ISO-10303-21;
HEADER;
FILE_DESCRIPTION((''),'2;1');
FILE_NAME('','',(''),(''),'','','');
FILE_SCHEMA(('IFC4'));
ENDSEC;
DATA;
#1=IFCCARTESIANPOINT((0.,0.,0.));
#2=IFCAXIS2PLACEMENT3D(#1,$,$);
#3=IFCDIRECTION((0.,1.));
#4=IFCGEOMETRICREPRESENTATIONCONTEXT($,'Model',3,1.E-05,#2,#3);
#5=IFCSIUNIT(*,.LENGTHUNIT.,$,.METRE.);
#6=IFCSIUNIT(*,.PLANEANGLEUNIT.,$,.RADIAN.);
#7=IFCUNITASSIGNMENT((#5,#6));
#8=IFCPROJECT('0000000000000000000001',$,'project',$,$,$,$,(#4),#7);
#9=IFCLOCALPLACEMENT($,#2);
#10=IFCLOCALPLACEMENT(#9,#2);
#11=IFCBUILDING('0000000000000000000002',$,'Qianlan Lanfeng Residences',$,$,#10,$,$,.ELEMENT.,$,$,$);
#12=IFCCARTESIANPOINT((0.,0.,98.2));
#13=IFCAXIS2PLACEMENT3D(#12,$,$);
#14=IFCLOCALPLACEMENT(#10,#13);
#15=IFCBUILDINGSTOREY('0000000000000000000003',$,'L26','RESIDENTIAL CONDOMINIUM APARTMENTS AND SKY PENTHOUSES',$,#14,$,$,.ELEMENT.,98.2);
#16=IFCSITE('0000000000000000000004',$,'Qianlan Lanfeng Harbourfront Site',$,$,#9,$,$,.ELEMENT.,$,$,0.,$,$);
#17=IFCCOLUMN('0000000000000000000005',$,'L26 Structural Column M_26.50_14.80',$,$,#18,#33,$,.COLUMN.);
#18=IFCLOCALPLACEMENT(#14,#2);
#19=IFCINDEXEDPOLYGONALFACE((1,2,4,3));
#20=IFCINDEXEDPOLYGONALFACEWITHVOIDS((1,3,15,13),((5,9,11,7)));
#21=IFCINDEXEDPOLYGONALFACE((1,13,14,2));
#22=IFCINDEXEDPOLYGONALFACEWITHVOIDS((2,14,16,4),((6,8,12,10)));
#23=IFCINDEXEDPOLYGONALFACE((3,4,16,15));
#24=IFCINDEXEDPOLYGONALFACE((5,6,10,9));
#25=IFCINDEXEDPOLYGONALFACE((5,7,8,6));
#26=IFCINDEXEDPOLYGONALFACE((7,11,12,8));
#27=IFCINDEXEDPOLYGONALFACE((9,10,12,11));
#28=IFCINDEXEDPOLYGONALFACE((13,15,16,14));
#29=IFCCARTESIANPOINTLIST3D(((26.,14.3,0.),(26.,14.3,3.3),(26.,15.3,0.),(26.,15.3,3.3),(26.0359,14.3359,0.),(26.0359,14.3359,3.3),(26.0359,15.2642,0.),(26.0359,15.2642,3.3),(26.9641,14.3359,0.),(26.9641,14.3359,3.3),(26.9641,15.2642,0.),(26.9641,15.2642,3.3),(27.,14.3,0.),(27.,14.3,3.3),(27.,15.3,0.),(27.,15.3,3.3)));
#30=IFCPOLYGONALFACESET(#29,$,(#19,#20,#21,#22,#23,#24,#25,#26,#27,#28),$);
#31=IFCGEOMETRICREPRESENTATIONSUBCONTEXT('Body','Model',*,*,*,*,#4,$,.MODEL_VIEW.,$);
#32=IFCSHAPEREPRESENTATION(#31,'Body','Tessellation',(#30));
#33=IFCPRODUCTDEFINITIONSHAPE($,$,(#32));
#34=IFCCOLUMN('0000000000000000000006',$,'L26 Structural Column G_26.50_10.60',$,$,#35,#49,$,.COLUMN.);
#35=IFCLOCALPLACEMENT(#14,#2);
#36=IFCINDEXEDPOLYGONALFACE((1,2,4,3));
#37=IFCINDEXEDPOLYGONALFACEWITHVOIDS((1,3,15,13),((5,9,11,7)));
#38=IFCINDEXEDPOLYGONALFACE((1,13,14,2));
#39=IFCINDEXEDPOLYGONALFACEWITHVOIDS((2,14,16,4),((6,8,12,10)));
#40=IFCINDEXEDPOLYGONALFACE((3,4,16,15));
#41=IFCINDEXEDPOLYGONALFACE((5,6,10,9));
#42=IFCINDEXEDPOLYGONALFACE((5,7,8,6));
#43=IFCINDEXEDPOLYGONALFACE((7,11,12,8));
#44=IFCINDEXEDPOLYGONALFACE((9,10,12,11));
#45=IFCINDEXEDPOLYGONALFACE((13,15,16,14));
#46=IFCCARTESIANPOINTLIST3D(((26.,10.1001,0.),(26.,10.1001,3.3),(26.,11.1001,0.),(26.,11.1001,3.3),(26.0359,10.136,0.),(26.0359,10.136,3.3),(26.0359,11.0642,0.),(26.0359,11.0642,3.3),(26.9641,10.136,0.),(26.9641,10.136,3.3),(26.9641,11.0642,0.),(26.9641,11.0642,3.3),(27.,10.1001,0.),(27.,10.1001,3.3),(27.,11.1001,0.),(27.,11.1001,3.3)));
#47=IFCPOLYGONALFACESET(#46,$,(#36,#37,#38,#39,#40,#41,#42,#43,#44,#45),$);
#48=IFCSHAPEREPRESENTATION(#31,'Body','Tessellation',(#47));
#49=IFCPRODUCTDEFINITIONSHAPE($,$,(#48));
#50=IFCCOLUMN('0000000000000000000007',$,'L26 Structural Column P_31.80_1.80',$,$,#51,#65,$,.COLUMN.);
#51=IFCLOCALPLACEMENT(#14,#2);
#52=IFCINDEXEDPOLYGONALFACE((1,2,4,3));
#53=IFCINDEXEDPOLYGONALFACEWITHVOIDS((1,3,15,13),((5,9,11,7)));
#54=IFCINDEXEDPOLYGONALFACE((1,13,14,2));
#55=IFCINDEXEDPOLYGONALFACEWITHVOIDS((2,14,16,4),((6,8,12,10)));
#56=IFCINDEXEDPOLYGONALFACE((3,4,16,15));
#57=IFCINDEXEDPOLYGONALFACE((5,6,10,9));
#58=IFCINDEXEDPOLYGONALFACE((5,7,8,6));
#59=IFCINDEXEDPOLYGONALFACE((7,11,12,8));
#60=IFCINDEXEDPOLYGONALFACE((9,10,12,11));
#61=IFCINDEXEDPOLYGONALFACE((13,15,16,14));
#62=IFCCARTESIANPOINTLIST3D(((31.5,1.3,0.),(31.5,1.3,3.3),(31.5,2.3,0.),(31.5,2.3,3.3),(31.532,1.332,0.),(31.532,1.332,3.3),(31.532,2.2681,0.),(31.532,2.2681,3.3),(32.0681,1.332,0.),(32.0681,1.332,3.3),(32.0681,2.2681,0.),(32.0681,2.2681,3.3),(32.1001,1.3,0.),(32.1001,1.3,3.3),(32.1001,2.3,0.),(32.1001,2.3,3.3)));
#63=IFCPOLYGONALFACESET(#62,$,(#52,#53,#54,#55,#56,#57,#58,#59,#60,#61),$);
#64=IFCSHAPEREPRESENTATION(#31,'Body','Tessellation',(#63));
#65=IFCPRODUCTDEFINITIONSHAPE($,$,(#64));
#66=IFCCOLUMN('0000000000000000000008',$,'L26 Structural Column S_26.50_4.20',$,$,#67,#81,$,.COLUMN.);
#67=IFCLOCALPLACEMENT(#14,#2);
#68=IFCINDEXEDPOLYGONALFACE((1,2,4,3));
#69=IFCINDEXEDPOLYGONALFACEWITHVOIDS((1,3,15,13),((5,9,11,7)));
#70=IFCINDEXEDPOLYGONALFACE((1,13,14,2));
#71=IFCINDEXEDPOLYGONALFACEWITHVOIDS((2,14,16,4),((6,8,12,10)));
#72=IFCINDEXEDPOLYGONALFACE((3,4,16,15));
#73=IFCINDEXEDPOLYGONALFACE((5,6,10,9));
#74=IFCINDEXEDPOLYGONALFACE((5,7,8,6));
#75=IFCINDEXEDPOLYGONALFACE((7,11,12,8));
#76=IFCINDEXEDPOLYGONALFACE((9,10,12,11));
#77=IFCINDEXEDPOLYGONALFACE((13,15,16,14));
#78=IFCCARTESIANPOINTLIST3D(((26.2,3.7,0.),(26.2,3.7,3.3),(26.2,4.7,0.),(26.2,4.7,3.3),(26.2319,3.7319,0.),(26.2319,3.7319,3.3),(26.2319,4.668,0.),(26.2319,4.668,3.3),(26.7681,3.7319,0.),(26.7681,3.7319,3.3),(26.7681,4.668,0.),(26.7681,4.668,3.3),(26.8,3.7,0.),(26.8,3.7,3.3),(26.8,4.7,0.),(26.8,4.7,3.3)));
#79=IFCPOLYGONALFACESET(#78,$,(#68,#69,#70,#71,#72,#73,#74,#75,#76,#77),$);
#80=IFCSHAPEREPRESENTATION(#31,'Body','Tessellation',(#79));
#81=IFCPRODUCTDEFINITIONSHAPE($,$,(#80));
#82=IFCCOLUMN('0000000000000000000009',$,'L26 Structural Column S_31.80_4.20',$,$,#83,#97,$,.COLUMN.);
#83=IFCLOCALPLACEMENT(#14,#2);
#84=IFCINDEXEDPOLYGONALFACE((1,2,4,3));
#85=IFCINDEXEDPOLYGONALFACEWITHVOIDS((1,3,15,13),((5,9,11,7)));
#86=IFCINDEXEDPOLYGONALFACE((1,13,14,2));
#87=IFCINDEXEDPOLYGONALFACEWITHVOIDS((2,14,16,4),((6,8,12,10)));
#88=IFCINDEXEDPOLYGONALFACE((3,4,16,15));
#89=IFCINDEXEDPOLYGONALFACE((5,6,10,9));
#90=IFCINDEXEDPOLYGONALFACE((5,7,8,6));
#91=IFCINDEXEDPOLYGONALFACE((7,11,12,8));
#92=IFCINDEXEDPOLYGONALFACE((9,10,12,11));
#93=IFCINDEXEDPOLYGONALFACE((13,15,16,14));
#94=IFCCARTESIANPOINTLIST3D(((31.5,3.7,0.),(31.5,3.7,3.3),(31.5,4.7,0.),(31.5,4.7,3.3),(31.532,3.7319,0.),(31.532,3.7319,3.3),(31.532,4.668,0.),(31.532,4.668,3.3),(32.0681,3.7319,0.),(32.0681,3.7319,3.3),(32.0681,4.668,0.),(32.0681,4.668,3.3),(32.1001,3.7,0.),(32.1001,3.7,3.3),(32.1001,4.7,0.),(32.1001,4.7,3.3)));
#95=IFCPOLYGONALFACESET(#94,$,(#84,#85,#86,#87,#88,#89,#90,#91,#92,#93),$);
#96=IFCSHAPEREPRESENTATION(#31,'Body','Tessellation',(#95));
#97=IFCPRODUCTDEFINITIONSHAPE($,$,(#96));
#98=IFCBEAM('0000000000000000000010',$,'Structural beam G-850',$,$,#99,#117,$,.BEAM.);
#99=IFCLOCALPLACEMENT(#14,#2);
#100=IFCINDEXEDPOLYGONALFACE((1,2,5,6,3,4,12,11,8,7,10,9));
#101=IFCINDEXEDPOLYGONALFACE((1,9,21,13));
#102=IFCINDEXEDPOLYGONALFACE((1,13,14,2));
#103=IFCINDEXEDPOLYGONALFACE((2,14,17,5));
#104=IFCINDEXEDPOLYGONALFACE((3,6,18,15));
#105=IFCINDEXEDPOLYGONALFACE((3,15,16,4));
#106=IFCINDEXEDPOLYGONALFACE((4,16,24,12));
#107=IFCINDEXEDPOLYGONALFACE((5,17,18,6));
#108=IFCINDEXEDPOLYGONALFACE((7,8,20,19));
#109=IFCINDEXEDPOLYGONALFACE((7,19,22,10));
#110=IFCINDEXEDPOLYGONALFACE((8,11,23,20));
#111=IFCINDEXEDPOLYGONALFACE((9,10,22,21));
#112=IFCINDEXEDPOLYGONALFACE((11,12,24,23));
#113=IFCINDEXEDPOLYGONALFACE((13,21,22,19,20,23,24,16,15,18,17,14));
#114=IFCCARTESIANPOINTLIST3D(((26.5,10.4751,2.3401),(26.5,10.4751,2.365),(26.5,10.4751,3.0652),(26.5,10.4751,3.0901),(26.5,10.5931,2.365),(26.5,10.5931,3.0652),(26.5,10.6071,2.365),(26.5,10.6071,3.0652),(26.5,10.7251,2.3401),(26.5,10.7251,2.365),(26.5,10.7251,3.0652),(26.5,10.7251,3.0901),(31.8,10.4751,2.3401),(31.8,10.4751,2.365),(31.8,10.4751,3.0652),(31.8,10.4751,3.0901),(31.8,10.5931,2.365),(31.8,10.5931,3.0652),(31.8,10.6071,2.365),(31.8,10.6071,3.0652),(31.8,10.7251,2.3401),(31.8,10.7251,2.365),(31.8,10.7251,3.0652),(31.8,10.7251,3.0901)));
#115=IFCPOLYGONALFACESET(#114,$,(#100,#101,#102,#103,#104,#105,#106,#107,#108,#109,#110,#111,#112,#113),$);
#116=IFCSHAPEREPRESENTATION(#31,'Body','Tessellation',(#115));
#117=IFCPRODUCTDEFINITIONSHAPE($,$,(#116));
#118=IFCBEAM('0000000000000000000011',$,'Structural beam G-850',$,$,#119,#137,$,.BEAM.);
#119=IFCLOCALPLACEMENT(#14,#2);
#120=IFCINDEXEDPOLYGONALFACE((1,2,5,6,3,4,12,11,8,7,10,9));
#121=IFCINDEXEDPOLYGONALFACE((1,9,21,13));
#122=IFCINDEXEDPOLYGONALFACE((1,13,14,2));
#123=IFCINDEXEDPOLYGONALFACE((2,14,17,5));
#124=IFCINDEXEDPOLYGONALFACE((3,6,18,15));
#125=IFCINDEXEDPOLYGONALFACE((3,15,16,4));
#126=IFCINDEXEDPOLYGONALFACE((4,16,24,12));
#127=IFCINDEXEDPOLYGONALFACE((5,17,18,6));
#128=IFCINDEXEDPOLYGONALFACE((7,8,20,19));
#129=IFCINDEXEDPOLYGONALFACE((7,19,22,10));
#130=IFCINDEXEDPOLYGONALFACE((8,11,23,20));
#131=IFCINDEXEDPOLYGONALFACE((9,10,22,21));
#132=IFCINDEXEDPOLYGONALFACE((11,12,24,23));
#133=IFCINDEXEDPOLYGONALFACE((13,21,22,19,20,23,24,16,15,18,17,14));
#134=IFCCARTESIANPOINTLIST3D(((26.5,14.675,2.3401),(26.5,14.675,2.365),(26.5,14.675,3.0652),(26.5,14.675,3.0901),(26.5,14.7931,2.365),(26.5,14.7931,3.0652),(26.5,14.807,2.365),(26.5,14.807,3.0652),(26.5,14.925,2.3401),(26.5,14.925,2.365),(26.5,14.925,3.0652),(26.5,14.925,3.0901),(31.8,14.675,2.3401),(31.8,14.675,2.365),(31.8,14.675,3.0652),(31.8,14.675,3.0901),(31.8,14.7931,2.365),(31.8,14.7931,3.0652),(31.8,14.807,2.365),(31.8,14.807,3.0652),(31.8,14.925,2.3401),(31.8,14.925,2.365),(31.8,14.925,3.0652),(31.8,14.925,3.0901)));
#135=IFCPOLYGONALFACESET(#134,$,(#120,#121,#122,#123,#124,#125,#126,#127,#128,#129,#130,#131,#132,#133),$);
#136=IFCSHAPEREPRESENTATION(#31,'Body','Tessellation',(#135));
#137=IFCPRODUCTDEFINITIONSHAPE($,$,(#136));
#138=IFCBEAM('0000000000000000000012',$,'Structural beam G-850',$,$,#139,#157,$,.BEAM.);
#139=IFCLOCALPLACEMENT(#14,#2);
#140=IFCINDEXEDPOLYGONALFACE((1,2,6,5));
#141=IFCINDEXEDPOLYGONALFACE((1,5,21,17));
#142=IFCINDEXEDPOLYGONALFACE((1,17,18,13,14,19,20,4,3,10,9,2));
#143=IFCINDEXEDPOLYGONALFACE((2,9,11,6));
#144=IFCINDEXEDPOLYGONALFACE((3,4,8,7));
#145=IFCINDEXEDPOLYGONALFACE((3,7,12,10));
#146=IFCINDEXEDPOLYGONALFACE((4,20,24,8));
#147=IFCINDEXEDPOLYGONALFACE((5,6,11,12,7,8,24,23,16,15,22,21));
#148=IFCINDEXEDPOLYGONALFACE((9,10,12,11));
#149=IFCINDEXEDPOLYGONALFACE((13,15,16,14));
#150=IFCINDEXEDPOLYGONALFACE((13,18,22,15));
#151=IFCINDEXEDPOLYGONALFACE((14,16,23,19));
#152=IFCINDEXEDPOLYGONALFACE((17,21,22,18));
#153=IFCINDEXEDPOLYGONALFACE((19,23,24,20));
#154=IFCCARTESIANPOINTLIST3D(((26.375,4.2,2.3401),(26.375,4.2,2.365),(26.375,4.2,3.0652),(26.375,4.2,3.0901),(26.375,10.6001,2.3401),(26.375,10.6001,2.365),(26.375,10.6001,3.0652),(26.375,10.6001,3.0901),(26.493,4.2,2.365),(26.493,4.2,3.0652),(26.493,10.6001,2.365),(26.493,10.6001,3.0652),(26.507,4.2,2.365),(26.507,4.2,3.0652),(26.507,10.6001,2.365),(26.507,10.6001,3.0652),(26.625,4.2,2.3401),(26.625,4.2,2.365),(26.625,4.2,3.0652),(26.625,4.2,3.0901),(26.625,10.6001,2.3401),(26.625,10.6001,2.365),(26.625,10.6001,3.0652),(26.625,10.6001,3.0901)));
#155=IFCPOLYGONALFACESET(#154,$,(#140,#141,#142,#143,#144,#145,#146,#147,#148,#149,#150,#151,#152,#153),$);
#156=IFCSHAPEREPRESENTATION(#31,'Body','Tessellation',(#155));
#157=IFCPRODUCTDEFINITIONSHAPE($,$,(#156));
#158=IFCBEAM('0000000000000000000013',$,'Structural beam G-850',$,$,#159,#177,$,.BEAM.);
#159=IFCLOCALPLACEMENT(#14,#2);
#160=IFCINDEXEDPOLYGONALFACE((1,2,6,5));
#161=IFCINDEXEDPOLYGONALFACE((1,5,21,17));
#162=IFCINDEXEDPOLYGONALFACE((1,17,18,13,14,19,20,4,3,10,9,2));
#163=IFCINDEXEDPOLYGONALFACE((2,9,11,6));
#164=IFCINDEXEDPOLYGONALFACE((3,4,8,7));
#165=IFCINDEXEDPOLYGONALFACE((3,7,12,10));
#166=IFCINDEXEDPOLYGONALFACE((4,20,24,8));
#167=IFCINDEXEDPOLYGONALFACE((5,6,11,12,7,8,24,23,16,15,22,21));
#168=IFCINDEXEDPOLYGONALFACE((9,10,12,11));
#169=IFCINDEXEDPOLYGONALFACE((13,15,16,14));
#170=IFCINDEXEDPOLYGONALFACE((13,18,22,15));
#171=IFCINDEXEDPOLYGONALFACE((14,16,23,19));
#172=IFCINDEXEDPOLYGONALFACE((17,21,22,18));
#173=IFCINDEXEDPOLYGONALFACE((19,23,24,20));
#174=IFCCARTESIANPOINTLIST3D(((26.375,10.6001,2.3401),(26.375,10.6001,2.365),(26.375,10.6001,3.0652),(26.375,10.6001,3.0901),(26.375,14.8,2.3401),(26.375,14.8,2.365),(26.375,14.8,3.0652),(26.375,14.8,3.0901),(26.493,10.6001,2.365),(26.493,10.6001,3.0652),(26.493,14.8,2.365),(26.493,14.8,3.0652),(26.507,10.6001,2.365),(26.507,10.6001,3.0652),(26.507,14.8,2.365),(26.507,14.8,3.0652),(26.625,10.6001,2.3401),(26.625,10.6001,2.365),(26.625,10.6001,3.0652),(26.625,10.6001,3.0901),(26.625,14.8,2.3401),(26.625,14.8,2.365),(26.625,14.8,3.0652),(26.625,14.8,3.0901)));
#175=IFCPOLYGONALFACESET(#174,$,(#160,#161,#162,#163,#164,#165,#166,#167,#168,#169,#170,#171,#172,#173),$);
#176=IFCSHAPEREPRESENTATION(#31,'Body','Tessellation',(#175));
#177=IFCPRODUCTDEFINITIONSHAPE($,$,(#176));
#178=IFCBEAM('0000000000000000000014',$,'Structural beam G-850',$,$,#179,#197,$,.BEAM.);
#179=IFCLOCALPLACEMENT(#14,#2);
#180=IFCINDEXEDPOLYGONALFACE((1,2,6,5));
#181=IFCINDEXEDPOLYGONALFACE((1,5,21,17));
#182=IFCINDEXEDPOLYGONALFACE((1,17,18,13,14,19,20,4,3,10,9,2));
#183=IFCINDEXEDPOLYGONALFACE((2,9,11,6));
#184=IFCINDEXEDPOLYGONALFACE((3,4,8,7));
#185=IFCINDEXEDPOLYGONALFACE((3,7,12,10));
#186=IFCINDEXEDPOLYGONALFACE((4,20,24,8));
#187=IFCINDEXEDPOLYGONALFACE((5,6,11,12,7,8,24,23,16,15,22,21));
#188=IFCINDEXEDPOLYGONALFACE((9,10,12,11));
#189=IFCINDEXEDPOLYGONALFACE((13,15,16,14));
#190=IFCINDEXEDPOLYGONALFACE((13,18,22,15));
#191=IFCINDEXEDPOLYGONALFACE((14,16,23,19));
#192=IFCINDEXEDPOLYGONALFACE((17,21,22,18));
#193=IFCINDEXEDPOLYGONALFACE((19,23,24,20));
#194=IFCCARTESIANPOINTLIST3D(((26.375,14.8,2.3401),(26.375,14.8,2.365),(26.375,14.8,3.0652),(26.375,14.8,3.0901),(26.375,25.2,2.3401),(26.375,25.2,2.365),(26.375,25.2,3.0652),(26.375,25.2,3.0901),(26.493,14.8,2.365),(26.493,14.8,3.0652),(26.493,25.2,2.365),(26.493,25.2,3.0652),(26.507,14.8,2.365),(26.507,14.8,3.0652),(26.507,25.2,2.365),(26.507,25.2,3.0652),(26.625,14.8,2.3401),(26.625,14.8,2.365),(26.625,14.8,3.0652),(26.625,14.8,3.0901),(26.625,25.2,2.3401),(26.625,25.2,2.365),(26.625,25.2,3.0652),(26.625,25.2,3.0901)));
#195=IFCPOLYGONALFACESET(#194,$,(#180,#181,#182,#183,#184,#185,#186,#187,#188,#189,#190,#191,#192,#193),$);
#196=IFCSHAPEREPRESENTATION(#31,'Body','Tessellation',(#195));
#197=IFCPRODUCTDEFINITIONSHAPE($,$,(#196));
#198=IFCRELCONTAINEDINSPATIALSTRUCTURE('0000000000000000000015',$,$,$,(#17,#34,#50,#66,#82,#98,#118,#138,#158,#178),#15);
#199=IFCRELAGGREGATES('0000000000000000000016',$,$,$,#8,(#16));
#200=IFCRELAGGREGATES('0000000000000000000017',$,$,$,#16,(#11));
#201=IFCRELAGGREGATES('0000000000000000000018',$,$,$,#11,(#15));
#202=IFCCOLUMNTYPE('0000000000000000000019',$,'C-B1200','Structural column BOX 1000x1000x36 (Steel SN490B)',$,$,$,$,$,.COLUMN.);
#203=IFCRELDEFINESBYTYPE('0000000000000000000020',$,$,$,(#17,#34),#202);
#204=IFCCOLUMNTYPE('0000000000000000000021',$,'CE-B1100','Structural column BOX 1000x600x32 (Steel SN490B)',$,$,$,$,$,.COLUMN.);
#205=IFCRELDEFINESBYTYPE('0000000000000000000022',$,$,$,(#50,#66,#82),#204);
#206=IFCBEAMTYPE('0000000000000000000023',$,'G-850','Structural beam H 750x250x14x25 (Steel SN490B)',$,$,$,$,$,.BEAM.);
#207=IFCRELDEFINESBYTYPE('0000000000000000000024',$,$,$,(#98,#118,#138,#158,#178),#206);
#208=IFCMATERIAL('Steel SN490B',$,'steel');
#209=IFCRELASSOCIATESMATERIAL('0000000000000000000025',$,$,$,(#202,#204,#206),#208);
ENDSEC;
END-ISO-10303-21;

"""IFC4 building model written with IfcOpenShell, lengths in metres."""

from ifc_helpers import new_model, si_unit, direction, frame, origin, origin_2d, place, context, subcontext, project, spatial, hollow_rectangle, i_section, extrude, material, material_profile, profile_set, type_object, element, save


model = new_model("IFC4")

# Units and contexts
model_context = context("Model", 3, precision=1e-05, world=origin(), true_north=direction((0.0, 1.0)))
body_context = subcontext(model_context, "Body", "Model", "MODEL_VIEW")
ifc_project = project(units=[si_unit("LENGTHUNIT", "METRE"), si_unit("PLANEANGLEUNIT", "RADIAN")], contexts=[model_context])

# Site, building, storey
site_placement = place(None, origin())
site = spatial("IfcSite", under=ifc_project, at=site_placement, Name="Qianlan Lanfeng Harbourfront Site", CompositionType="ELEMENT", RefElevation=0.0)
building_placement = place(site_placement, origin())
building = spatial("IfcBuilding", under=site, at=building_placement, Name="Qianlan Lanfeng Residences", CompositionType="ELEMENT")
storey_placement = place(building_placement, frame((0.0, 0.0, 98.2)))
storey = spatial("IfcBuildingStorey", under=building, at=storey_placement, Name="L26", Description="RESIDENTIAL CONDOMINIUM APARTMENTS AND SKY PENTHOUSES", CompositionType="ELEMENT", Elevation=98.2)

# Columns
ifc_material_1 = material(Name="Steel SN490B", Category="steel")
ifc_material_profile_1 = material_profile(ifc_material_1, hollow_rectangle(XDim=1.0, YDim=1.0, WallThickness=0.0359, at=origin_2d()), Name="BOX 1000x1000x36")
ifc_profile_set_1 = profile_set([ifc_material_profile_1], Name="Steel SN490B")
column_type_1 = type_object("IfcColumnType", Name="C-B1200", Description="Structural column BOX 1000x1000x36 (Steel SN490B)", PredefinedType="COLUMN", material=ifc_profile_set_1)
for number, where, z_axis, x_axis, name in (
    (1, (26.5, 14.8, 0.0), (0.0, 0.0, 1.0), (1.0, 0.0, 0.0), "L26 Structural Column M_26.50_14.80"),
    (2, (26.5, 10.6001, 0.0), (0.0, 0.0, 1.0), (1.0, 0.0, 0.0), "L26 Structural Column G_26.50_10.60"),
):
    element("IfcColumn", number, at=place(storey_placement, frame(where, z_axis=z_axis, x_axis=x_axis)), inside=storey, type_object=column_type_1, Name=name, PredefinedType="COLUMN", context=body_context, shape_type="SweptSolid", body=[
        extrude(hollow_rectangle(XDim=1.0, YDim=1.0, WallThickness=0.0359, at=origin_2d()), origin(), (0.0, 0.0, 1.0), 3.3),
    ])
ifc_material_profile_2 = material_profile(ifc_material_1, hollow_rectangle(XDim=0.6001, YDim=1.0, WallThickness=0.032, at=origin_2d()), Name="BOX 1000x600x32")
ifc_profile_set_2 = profile_set([ifc_material_profile_2], Name="Steel SN490B")
column_type_2 = type_object("IfcColumnType", Name="CE-B1100", Description="Structural column BOX 1000x600x32 (Steel SN490B)", PredefinedType="COLUMN", material=ifc_profile_set_2)
for number, where, z_axis, x_axis, name in (
    (3, (31.8, 1.8, 0.0), (0.0, 0.0, 1.0), (1.0, 0.0, 0.0), "L26 Structural Column P_31.80_1.80"),
    (4, (26.5, 4.2, 0.0), (0.0, 0.0, 1.0), (1.0, 0.0, 0.0), "L26 Structural Column S_26.50_4.20"),
    (5, (31.8, 4.2, 0.0), (0.0, 0.0, 1.0), (1.0, 0.0, 0.0), "L26 Structural Column S_31.80_4.20"),
):
    element("IfcColumn", number, at=place(storey_placement, frame(where, z_axis=z_axis, x_axis=x_axis)), inside=storey, type_object=column_type_2, Name=name, PredefinedType="COLUMN", context=body_context, shape_type="SweptSolid", body=[
        extrude(hollow_rectangle(XDim=0.6001, YDim=1.0, WallThickness=0.032, at=origin_2d()), origin(), (0.0, 0.0, 1.0), 3.3),
    ])

# Beams
ifc_material_profile_3 = material_profile(ifc_material_1, i_section(OverallWidth=0.25, OverallDepth=0.75, WebThickness=0.0139, FlangeThickness=0.0249, at=origin_2d()), Name="H 750x250x14x25")
ifc_profile_set_3 = profile_set([ifc_material_profile_3], Name="Steel SN490B")
beam_type_1 = type_object("IfcBeamType", Name="G-850", Description="Structural beam H 750x250x14x25 (Steel SN490B)", PredefinedType="BEAM", material=ifc_profile_set_3)
for number, where, z_axis, x_axis, name in (
    (6, (26.5, 10.6001, 2.7151), (1.0, 0.0, 0.0), (0.0, 1.0, 0.0), "Structural beam G-850"),
    (7, (26.5, 14.8, 2.7151), (1.0, 0.0, 0.0), (0.0, 1.0, 0.0), "Structural beam G-850"),
):
    element("IfcBeam", number, at=place(storey_placement, frame(where, z_axis=z_axis, x_axis=x_axis)), inside=storey, type_object=beam_type_1, Name=name, PredefinedType="BEAM", context=body_context, shape_type="SweptSolid", body=[
        extrude(i_section(OverallWidth=0.25, OverallDepth=0.75, WebThickness=0.0139, FlangeThickness=0.0249, at=origin_2d()), origin(), (0.0, 0.0, 1.0), 5.3),
    ])
beam_1_placement = place(storey_placement, frame((26.5, 4.2, 2.7151), z_axis=(0.0, 1.0, 0.0), x_axis=(-1.0, 0.0, 0.0)))
element("IfcBeam", 8, at=beam_1_placement, inside=storey, type_object=beam_type_1, Name="Structural beam G-850", PredefinedType="BEAM", context=body_context, shape_type="SweptSolid", body=[
    extrude(i_section(OverallWidth=0.25, OverallDepth=0.75, WebThickness=0.0139, FlangeThickness=0.0249, at=origin_2d()), origin(), (0.0, 0.0, 1.0), 6.4001),
])
beam_2_placement = place(storey_placement, frame((26.5, 10.6001, 2.7151), z_axis=(0.0, 1.0, 0.0), x_axis=(-1.0, 0.0, 0.0)))
element("IfcBeam", 9, at=beam_2_placement, inside=storey, type_object=beam_type_1, Name="Structural beam G-850", PredefinedType="BEAM", context=body_context, shape_type="SweptSolid", body=[
    extrude(i_section(OverallWidth=0.25, OverallDepth=0.75, WebThickness=0.0139, FlangeThickness=0.0249, at=origin_2d()), origin(), (0.0, 0.0, 1.0), 4.2),
])
beam_3_placement = place(storey_placement, frame((26.5, 14.8, 2.7151), z_axis=(0.0, 1.0, 0.0), x_axis=(-1.0, 0.0, 0.0)))
element("IfcBeam", 10, at=beam_3_placement, inside=storey, type_object=beam_type_1, Name="Structural beam G-850", PredefinedType="BEAM", context=body_context, shape_type="SweptSolid", body=[
    extrude(i_section(OverallWidth=0.25, OverallDepth=0.75, WebThickness=0.0139, FlangeThickness=0.0249, at=origin_2d()), origin(), (0.0, 0.0, 1.0), 10.3999),
])

save(model, "model.ifc")
